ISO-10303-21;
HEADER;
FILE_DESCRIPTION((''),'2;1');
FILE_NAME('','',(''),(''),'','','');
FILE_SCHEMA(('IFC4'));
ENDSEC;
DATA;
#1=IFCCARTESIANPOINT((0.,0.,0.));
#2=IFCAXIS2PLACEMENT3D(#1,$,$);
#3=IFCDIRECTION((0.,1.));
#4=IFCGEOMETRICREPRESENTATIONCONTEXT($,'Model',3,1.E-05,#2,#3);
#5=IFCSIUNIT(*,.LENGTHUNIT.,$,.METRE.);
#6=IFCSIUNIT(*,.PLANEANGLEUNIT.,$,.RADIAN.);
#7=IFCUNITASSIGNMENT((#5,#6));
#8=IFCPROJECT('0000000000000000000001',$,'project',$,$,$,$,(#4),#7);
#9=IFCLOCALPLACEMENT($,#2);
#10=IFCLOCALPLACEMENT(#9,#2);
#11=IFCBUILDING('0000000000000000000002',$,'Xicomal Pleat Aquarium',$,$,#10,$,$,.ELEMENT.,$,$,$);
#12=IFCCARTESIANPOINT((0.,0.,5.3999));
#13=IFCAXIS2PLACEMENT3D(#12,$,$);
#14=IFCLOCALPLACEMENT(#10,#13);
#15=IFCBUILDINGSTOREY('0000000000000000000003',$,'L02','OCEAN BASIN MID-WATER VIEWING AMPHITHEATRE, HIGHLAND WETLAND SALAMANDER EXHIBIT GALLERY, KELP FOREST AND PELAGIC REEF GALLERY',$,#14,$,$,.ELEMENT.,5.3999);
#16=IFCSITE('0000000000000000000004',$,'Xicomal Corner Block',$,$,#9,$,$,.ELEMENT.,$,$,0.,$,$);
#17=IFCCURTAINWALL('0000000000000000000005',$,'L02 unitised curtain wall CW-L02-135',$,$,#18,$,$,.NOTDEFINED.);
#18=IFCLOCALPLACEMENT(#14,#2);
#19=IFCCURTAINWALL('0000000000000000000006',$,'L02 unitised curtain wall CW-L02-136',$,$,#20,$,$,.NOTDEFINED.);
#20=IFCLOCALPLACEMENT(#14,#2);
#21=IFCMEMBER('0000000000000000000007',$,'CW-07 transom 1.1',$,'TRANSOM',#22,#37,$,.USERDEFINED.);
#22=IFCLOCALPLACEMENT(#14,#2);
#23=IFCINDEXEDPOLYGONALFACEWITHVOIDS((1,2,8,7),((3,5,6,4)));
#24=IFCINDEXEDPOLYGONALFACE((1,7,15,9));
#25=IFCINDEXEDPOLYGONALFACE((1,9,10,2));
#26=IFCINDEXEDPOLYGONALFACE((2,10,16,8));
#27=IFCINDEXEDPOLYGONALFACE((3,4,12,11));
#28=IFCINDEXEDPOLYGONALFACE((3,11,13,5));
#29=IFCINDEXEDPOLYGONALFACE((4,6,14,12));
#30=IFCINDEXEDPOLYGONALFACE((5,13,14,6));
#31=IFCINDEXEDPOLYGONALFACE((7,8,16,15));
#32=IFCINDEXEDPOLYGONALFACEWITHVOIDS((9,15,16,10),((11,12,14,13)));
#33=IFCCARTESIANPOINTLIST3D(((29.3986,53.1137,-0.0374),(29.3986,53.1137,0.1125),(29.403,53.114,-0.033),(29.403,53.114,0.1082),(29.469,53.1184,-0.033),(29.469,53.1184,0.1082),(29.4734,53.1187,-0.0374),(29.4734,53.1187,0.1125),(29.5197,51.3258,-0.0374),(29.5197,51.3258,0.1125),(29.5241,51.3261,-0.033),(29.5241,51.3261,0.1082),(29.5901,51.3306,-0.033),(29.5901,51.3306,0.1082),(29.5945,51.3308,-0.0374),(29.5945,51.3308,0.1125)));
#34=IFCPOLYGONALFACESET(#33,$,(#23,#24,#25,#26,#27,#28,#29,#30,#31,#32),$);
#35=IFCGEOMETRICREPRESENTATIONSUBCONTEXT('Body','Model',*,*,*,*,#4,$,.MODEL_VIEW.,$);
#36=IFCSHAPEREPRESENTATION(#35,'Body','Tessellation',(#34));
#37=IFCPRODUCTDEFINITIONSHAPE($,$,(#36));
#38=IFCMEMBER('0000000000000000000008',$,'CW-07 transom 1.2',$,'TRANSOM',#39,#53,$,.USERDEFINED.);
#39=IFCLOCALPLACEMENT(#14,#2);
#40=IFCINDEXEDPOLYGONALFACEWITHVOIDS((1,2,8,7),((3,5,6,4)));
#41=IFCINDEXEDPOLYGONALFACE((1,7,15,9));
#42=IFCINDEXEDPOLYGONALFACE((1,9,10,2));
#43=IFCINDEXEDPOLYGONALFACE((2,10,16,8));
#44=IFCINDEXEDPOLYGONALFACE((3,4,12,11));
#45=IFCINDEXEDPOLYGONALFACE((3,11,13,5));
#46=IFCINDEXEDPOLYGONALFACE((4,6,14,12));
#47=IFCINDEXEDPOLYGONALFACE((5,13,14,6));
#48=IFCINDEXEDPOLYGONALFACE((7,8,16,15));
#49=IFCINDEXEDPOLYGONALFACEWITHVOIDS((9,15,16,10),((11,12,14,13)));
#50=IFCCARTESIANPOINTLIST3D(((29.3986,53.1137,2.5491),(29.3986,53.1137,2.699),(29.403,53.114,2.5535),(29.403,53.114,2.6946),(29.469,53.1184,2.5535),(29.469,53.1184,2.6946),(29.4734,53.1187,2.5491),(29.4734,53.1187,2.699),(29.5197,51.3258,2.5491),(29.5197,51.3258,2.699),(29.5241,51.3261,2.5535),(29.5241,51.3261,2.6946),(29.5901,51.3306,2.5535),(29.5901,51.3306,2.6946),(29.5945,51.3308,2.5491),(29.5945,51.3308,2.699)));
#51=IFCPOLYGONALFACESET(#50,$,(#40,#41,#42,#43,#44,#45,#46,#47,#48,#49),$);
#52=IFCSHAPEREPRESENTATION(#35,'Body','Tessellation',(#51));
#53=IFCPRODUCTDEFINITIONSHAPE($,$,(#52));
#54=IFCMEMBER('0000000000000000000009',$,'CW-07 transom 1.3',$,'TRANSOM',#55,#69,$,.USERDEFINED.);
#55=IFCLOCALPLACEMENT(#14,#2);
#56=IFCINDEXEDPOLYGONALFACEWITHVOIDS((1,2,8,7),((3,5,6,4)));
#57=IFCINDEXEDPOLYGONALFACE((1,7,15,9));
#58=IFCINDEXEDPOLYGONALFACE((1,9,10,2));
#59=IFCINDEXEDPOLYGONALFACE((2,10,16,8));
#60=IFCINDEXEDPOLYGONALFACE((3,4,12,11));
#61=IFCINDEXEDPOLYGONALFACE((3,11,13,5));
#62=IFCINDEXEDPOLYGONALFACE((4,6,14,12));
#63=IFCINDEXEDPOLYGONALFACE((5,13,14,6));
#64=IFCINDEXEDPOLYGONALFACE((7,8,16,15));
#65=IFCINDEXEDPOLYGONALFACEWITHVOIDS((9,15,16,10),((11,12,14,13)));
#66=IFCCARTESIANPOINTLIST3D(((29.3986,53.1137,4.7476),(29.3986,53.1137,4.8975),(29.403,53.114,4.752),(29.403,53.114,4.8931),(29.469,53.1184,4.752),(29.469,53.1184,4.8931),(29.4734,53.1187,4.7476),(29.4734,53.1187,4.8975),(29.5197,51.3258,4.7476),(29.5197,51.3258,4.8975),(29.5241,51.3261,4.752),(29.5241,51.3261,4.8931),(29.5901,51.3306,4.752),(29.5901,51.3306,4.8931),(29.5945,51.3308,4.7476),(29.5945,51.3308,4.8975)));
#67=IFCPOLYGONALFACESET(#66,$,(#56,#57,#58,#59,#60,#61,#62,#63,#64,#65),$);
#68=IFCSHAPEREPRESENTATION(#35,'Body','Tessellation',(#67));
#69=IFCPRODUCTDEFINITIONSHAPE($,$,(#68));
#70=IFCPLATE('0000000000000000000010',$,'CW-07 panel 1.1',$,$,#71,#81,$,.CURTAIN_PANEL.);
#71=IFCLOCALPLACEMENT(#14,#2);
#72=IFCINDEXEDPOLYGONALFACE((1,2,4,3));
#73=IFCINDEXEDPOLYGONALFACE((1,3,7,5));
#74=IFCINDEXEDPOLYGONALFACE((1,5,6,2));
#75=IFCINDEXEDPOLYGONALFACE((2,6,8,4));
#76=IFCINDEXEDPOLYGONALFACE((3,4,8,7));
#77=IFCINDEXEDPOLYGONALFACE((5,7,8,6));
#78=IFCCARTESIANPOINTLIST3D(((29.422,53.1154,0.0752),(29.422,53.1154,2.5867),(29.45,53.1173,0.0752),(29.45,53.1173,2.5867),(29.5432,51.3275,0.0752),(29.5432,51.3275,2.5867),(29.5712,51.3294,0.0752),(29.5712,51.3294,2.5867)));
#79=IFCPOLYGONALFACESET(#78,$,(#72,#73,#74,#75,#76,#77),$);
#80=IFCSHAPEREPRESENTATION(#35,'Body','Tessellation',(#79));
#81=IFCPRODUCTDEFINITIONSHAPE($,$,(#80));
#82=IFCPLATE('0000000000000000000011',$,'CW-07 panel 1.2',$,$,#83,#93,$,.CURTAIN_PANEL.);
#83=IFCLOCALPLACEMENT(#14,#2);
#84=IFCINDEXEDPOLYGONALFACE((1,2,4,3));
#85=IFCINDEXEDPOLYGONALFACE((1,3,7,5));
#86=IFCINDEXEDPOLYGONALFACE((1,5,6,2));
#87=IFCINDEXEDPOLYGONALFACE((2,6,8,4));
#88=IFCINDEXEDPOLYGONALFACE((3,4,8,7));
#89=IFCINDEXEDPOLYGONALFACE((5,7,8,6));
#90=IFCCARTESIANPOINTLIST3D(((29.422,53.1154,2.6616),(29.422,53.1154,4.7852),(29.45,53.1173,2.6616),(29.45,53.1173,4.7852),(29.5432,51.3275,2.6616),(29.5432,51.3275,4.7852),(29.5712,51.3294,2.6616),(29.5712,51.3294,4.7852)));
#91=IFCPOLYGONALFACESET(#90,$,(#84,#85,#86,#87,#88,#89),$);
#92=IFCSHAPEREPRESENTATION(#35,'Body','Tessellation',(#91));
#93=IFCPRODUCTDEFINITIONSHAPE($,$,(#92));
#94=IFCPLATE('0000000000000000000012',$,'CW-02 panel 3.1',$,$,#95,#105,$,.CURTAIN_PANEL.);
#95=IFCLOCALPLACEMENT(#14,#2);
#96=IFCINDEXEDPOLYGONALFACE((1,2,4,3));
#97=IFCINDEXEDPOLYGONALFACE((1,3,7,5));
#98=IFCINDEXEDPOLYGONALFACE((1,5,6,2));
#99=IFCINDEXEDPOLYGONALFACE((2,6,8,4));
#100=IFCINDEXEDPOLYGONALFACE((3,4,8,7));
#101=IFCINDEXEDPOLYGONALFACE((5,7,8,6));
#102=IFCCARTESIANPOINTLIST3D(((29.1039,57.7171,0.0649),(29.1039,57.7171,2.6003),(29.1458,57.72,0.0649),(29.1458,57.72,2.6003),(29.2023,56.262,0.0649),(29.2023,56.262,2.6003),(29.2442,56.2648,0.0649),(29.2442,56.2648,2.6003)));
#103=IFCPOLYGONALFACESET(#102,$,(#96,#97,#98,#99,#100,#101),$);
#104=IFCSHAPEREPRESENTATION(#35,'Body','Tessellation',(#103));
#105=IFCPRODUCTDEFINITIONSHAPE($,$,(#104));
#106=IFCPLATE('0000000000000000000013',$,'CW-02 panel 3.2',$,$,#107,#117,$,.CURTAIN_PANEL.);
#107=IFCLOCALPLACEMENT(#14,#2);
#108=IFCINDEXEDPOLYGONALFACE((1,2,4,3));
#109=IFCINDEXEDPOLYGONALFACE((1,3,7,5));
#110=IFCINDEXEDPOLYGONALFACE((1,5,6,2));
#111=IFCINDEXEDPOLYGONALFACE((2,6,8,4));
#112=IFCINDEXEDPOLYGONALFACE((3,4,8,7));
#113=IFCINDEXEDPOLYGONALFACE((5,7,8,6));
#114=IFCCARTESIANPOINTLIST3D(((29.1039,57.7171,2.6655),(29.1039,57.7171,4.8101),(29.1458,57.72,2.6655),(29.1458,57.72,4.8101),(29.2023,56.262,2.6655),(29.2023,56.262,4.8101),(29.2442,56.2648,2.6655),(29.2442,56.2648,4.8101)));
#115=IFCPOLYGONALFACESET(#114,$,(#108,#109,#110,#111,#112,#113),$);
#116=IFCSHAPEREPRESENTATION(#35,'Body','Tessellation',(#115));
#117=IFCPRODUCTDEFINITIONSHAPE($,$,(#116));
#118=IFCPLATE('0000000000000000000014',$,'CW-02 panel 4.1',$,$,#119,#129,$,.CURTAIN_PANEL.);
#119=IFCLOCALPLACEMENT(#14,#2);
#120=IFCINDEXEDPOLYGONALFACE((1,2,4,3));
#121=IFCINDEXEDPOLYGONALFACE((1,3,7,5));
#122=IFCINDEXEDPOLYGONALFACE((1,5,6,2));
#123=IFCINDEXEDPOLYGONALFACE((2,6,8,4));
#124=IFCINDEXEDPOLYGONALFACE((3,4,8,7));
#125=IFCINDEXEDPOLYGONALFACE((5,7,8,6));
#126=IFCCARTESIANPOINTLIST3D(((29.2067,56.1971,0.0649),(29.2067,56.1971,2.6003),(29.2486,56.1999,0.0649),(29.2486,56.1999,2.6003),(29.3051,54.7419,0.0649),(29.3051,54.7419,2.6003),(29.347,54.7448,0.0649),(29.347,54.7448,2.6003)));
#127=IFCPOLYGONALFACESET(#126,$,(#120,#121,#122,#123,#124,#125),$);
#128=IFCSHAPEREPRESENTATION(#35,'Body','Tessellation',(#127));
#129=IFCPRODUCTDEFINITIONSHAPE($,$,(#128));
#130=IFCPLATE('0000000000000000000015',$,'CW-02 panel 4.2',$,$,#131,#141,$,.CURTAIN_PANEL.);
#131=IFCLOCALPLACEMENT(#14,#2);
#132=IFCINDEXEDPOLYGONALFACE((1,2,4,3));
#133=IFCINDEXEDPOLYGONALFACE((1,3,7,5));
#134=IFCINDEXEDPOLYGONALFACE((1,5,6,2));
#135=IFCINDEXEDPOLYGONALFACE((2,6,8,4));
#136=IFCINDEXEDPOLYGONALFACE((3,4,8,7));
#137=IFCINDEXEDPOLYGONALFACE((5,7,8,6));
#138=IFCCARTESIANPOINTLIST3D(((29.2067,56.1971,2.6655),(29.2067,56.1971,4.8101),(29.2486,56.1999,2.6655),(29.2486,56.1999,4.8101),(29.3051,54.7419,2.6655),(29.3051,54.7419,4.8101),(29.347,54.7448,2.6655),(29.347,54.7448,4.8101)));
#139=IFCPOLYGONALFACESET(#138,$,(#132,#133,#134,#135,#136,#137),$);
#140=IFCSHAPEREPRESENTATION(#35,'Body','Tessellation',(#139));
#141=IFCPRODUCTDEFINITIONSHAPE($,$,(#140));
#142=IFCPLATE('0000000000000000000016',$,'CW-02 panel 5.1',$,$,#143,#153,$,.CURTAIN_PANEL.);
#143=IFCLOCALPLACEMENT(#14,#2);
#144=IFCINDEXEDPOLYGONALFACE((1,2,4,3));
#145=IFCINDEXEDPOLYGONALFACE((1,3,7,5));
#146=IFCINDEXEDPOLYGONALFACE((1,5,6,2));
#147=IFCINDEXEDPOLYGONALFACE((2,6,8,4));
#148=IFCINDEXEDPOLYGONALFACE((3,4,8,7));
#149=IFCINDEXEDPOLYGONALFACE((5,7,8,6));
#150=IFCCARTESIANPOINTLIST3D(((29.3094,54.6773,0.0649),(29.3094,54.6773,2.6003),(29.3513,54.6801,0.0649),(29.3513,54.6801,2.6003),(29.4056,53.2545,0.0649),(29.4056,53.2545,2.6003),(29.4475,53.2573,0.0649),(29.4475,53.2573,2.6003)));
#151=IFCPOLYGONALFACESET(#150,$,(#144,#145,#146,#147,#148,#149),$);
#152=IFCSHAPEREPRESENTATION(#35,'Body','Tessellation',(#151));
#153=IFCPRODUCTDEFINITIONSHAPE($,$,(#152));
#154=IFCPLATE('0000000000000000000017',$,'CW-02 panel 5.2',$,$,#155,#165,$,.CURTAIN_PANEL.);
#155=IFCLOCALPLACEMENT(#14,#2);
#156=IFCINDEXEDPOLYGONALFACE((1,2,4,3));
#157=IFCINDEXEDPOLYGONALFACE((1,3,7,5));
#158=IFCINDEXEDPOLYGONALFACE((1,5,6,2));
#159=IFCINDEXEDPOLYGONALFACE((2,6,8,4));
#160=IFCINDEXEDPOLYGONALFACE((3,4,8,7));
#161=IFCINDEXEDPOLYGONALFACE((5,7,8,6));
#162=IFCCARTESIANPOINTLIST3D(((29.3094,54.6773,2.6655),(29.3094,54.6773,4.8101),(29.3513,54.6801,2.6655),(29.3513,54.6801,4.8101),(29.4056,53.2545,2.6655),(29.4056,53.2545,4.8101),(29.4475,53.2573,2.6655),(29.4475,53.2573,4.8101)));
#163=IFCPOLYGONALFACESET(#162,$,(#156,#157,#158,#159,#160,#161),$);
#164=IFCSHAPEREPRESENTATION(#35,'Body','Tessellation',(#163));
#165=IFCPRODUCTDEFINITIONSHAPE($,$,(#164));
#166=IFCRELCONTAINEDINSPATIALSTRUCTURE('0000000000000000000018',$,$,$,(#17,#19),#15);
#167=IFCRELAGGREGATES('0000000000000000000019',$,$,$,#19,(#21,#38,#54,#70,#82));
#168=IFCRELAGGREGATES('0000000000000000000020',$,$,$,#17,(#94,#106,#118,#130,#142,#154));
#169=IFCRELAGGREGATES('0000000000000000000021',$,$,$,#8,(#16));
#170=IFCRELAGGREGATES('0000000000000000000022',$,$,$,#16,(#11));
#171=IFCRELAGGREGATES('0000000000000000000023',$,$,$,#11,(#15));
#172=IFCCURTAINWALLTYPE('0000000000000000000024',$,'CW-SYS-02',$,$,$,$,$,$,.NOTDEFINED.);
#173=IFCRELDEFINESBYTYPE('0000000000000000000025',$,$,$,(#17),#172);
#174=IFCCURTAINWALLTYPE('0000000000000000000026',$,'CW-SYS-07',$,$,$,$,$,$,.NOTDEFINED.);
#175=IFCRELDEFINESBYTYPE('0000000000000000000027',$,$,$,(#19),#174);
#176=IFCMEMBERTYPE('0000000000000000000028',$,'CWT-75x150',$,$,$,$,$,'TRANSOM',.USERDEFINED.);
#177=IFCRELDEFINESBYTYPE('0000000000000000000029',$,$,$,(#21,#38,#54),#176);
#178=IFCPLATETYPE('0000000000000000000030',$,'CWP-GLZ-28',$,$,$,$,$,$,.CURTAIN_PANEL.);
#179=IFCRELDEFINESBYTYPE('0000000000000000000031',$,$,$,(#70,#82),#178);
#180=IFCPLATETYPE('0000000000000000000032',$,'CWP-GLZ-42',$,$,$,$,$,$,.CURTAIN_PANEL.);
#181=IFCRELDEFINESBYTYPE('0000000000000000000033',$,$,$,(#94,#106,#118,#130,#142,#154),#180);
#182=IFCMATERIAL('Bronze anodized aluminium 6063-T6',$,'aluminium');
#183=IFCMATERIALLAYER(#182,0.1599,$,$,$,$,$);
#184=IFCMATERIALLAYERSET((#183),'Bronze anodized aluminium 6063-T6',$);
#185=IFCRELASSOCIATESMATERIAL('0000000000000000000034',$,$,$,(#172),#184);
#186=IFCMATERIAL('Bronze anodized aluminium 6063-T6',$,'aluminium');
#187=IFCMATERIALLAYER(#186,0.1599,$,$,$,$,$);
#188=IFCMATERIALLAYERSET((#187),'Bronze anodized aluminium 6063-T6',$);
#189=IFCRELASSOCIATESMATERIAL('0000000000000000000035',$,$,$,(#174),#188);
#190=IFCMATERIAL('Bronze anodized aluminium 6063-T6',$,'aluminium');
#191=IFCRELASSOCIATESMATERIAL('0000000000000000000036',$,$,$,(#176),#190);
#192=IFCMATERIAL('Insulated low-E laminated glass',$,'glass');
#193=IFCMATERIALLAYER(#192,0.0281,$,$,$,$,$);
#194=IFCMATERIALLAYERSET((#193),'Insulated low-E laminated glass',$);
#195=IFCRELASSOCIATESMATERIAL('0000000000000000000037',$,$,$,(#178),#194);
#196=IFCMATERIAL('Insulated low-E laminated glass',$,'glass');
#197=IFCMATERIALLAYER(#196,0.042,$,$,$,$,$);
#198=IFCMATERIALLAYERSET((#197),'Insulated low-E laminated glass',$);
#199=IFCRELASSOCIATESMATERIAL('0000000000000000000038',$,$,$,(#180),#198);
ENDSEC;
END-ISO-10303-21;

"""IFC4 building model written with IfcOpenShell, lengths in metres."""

from ifc_helpers import new_model, si_unit, direction, frame, origin, origin_2d, place, context, subcontext, project, spatial, rectangle, hollow_rectangle, extrude, material, layer, layer_set, material_profile, profile_set, type_object, element, aggregate, save


model = new_model("IFC4")

# Units and contexts
model_context = context("Model", 3, precision=1e-05, world=origin(), true_north=direction((0.0, 1.0)))
body_context = subcontext(model_context, "Body", "Model", "MODEL_VIEW")
ifc_project = project(units=[si_unit("LENGTHUNIT", "METRE"), si_unit("PLANEANGLEUNIT", "RADIAN")], contexts=[model_context])

# Site, building, storey
site_placement = place(None, origin())
site = spatial("IfcSite", under=ifc_project, at=site_placement, Name="Xicomal Corner Block", CompositionType="ELEMENT", RefElevation=0.0)
building_placement = place(site_placement, origin())
building = spatial("IfcBuilding", under=site, at=building_placement, Name="Xicomal Pleat Aquarium", CompositionType="ELEMENT")
storey_placement = place(building_placement, frame((0.0, 0.0, 5.3999)))
storey = spatial("IfcBuildingStorey", under=building, at=storey_placement, Name="L02", Description="OCEAN BASIN MID-WATER VIEWING AMPHITHEATRE, HIGHLAND WETLAND SALAMANDER EXHIBIT GALLERY, KELP FOREST AND PELAGIC REEF GALLERY", CompositionType="ELEMENT", Elevation=5.3999)

# Curtain wall
ifc_material_1 = material(Name="Bronze anodized aluminium 6063-T6", Category="aluminium")
ifc_layer_1 = layer(ifc_material_1, 0.1599)
ifc_layer_set_1 = layer_set([ifc_layer_1], Name="Bronze anodized aluminium 6063-T6")
curtain_wall_type_1 = type_object("IfcCurtainWallType", Name="CW-SYS-02", PredefinedType="NOTDEFINED", material=ifc_layer_set_1)
curtain_wall_1_placement = place(storey_placement, origin())
curtain_wall_1 = element("IfcCurtainWall", 1, at=curtain_wall_1_placement, inside=storey, type_object=curtain_wall_type_1, Name="L02 unitised curtain wall CW-L02-135", PredefinedType="NOTDEFINED")

# Curtain wall
ifc_material_2 = material(Name="Bronze anodized aluminium 6063-T6", Category="aluminium")
ifc_layer_2 = layer(ifc_material_2, 0.1599)
ifc_layer_set_2 = layer_set([ifc_layer_2], Name="Bronze anodized aluminium 6063-T6")
curtain_wall_type_2 = type_object("IfcCurtainWallType", Name="CW-SYS-07", PredefinedType="NOTDEFINED", material=ifc_layer_set_2)
curtain_wall_2_placement = place(storey_placement, origin())
curtain_wall_2 = element("IfcCurtainWall", 2, at=curtain_wall_2_placement, inside=storey, type_object=curtain_wall_type_2, Name="L02 unitised curtain wall CW-L02-136", PredefinedType="NOTDEFINED")

# Members
ifc_material_3 = material(Name="Bronze anodized aluminium 6063-T6", Category="aluminium")
ifc_material_profile_1 = material_profile(ifc_material_3, hollow_rectangle(XDim=0.075, YDim=0.1499, WallThickness=0.0044, at=origin_2d()), Name="ALU TRAN 75x150")
ifc_profile_set_1 = profile_set([ifc_material_profile_1], Name="Bronze anodized aluminium 6063-T6")
member_type_1 = type_object("IfcMemberType", Name="CWT-75x150", ElementType="TRANSOM", PredefinedType="USERDEFINED", material=ifc_profile_set_1)
member_1_placement = place(storey_placement, frame((29.436, 53.1162, 0.0376), z_axis=(0.067577, -0.997714, 0.0), x_axis=(0.997714, 0.067577, 0.0)))
member_1 = element("IfcMember", 3, at=member_1_placement, type_object=member_type_1, Name="CW-07 transom 1.1", ObjectType="TRANSOM", PredefinedType="USERDEFINED", context=body_context, shape_type="SweptSolid", body=[
    extrude(hollow_rectangle(XDim=0.075, YDim=0.1499, WallThickness=0.0044, at=origin_2d()), origin(), (0.0, 0.0, 1.0), 1.792),
])
member_2_placement = place(storey_placement, frame((29.436, 53.1162, 2.624), z_axis=(0.067577, -0.997714, 0.0), x_axis=(0.997714, 0.067577, 0.0)))
member_2 = element("IfcMember", 4, at=member_2_placement, type_object=member_type_1, Name="CW-07 transom 1.2", ObjectType="TRANSOM", PredefinedType="USERDEFINED", context=body_context, shape_type="SweptSolid", body=[
    extrude(hollow_rectangle(XDim=0.075, YDim=0.1499, WallThickness=0.0044, at=origin_2d()), origin(), (0.0, 0.0, 1.0), 1.792),
])
member_3_placement = place(storey_placement, frame((29.436, 53.1162, 4.8225), z_axis=(0.067577, -0.997714, 0.0), x_axis=(0.997714, 0.067577, 0.0)))
member_3 = element("IfcMember", 5, at=member_3_placement, type_object=member_type_1, Name="CW-07 transom 1.3", ObjectType="TRANSOM", PredefinedType="USERDEFINED", context=body_context, shape_type="SweptSolid", body=[
    extrude(hollow_rectangle(XDim=0.075, YDim=0.1499, WallThickness=0.0044, at=origin_2d()), origin(), (0.0, 0.0, 1.0), 1.792),
])

# Plates
ifc_material_4 = material(Name="Insulated low-E laminated glass", Category="glass")
ifc_layer_3 = layer(ifc_material_4, 0.0281)
ifc_layer_set_3 = layer_set([ifc_layer_3], Name="Insulated low-E laminated glass")
plate_type_1 = type_object("IfcPlateType", Name="CWP-GLZ-28", PredefinedType="CURTAIN_PANEL", material=ifc_layer_set_3)
plate_1_placement = place(storey_placement, frame((29.4966, 52.2224, 0.0752), z_axis=(0.0, 0.0, 1.0), x_axis=(0.067608, -0.997712, 0.0)))
plate_1 = element("IfcPlate", 6, at=plate_1_placement, type_object=plate_type_1, Name="CW-07 panel 1.1", PredefinedType="CURTAIN_PANEL", context=body_context, shape_type="SweptSolid", body=[
    extrude(rectangle(XDim=1.792, YDim=0.0281, at=origin_2d()), origin(), (0.0, 0.0, 1.0), 2.5115),
])
plate_2_placement = place(storey_placement, frame((29.4966, 52.2224, 2.6616), z_axis=(0.0, 0.0, 1.0), x_axis=(0.067608, -0.997712, 0.0)))
plate_2 = element("IfcPlate", 7, at=plate_2_placement, type_object=plate_type_1, Name="CW-07 panel 1.2", PredefinedType="CURTAIN_PANEL", context=body_context, shape_type="SweptSolid", body=[
    extrude(rectangle(XDim=1.792, YDim=0.0281, at=origin_2d()), origin(), (0.0, 0.0, 1.0), 2.1235),
])
aggregate(curtain_wall_2, [member_1, member_2, member_3, plate_1, plate_2])
ifc_material_5 = material(Name="Insulated low-E laminated glass", Category="glass")
ifc_layer_4 = layer(ifc_material_5, 0.042)
ifc_layer_set_4 = layer_set([ifc_layer_4], Name="Insulated low-E laminated glass")
plate_type_2 = type_object("IfcPlateType", Name="CWP-GLZ-42", PredefinedType="CURTAIN_PANEL", material=ifc_layer_set_4)
plate_3_placement = place(storey_placement, frame((29.1741, 56.991, 0.0649), z_axis=(0.0, 0.0, 1.0), x_axis=(0.067477, -0.997721, 0.0)))
plate_3 = element("IfcPlate", 8, at=plate_3_placement, type_object=plate_type_2, Name="CW-02 panel 3.1", PredefinedType="CURTAIN_PANEL", context=body_context, shape_type="SweptSolid", body=[
    extrude(rectangle(XDim=1.4585, YDim=0.042, at=origin_2d()), origin(), (0.0, 0.0, 1.0), 2.5354),
])
plate_4_placement = place(storey_placement, frame((29.1741, 56.991, 2.6655), z_axis=(0.0, 0.0, 1.0), x_axis=(0.067477, -0.997721, 0.0)))
plate_4 = element("IfcPlate", 9, at=plate_4_placement, type_object=plate_type_2, Name="CW-02 panel 3.2", PredefinedType="CURTAIN_PANEL", context=body_context, shape_type="SweptSolid", body=[
    extrude(rectangle(XDim=1.4585, YDim=0.042, at=origin_2d()), origin(), (0.0, 0.0, 1.0), 2.1445),
])
plate_5_placement = place(storey_placement, frame((29.2769, 55.4709, 0.0649), z_axis=(0.0, 0.0, 1.0), x_axis=(0.067477, -0.997721, 0.0)))
plate_5 = element("IfcPlate", 10, at=plate_5_placement, type_object=plate_type_2, Name="CW-02 panel 4.1", PredefinedType="CURTAIN_PANEL", context=body_context, shape_type="SweptSolid", body=[
    extrude(rectangle(XDim=1.4585, YDim=0.042, at=origin_2d()), origin(), (0.0, 0.0, 1.0), 2.5354),
])
plate_6_placement = place(storey_placement, frame((29.2769, 55.4709, 2.6655), z_axis=(0.0, 0.0, 1.0), x_axis=(0.067477, -0.997721, 0.0)))
plate_6 = element("IfcPlate", 11, at=plate_6_placement, type_object=plate_type_2, Name="CW-02 panel 4.2", PredefinedType="CURTAIN_PANEL", context=body_context, shape_type="SweptSolid", body=[
    extrude(rectangle(XDim=1.4585, YDim=0.042, at=origin_2d()), origin(), (0.0, 0.0, 1.0), 2.1445),
])
plate_7_placement = place(storey_placement, frame((29.3784, 53.9673, 0.0649), z_axis=(0.0, 0.0, 1.0), x_axis=(0.067477, -0.997721, 0.0)))
plate_7 = element("IfcPlate", 12, at=plate_7_placement, type_object=plate_type_2, Name="CW-02 panel 5.1", PredefinedType="CURTAIN_PANEL", context=body_context, shape_type="SweptSolid", body=[
    extrude(rectangle(XDim=1.426, YDim=0.042, at=origin_2d()), origin(), (0.0, 0.0, 1.0), 2.5354),
])
plate_8_placement = place(storey_placement, frame((29.3784, 53.9673, 2.6655), z_axis=(0.0, 0.0, 1.0), x_axis=(0.067477, -0.997721, 0.0)))
plate_8 = element("IfcPlate", 13, at=plate_8_placement, type_object=plate_type_2, Name="CW-02 panel 5.2", PredefinedType="CURTAIN_PANEL", context=body_context, shape_type="SweptSolid", body=[
    extrude(rectangle(XDim=1.426, YDim=0.042, at=origin_2d()), origin(), (0.0, 0.0, 1.0), 2.1445),
])
aggregate(curtain_wall_1, [plate_3, plate_4, plate_5, plate_6, plate_7, plate_8])

save(model, "model.ifc")
